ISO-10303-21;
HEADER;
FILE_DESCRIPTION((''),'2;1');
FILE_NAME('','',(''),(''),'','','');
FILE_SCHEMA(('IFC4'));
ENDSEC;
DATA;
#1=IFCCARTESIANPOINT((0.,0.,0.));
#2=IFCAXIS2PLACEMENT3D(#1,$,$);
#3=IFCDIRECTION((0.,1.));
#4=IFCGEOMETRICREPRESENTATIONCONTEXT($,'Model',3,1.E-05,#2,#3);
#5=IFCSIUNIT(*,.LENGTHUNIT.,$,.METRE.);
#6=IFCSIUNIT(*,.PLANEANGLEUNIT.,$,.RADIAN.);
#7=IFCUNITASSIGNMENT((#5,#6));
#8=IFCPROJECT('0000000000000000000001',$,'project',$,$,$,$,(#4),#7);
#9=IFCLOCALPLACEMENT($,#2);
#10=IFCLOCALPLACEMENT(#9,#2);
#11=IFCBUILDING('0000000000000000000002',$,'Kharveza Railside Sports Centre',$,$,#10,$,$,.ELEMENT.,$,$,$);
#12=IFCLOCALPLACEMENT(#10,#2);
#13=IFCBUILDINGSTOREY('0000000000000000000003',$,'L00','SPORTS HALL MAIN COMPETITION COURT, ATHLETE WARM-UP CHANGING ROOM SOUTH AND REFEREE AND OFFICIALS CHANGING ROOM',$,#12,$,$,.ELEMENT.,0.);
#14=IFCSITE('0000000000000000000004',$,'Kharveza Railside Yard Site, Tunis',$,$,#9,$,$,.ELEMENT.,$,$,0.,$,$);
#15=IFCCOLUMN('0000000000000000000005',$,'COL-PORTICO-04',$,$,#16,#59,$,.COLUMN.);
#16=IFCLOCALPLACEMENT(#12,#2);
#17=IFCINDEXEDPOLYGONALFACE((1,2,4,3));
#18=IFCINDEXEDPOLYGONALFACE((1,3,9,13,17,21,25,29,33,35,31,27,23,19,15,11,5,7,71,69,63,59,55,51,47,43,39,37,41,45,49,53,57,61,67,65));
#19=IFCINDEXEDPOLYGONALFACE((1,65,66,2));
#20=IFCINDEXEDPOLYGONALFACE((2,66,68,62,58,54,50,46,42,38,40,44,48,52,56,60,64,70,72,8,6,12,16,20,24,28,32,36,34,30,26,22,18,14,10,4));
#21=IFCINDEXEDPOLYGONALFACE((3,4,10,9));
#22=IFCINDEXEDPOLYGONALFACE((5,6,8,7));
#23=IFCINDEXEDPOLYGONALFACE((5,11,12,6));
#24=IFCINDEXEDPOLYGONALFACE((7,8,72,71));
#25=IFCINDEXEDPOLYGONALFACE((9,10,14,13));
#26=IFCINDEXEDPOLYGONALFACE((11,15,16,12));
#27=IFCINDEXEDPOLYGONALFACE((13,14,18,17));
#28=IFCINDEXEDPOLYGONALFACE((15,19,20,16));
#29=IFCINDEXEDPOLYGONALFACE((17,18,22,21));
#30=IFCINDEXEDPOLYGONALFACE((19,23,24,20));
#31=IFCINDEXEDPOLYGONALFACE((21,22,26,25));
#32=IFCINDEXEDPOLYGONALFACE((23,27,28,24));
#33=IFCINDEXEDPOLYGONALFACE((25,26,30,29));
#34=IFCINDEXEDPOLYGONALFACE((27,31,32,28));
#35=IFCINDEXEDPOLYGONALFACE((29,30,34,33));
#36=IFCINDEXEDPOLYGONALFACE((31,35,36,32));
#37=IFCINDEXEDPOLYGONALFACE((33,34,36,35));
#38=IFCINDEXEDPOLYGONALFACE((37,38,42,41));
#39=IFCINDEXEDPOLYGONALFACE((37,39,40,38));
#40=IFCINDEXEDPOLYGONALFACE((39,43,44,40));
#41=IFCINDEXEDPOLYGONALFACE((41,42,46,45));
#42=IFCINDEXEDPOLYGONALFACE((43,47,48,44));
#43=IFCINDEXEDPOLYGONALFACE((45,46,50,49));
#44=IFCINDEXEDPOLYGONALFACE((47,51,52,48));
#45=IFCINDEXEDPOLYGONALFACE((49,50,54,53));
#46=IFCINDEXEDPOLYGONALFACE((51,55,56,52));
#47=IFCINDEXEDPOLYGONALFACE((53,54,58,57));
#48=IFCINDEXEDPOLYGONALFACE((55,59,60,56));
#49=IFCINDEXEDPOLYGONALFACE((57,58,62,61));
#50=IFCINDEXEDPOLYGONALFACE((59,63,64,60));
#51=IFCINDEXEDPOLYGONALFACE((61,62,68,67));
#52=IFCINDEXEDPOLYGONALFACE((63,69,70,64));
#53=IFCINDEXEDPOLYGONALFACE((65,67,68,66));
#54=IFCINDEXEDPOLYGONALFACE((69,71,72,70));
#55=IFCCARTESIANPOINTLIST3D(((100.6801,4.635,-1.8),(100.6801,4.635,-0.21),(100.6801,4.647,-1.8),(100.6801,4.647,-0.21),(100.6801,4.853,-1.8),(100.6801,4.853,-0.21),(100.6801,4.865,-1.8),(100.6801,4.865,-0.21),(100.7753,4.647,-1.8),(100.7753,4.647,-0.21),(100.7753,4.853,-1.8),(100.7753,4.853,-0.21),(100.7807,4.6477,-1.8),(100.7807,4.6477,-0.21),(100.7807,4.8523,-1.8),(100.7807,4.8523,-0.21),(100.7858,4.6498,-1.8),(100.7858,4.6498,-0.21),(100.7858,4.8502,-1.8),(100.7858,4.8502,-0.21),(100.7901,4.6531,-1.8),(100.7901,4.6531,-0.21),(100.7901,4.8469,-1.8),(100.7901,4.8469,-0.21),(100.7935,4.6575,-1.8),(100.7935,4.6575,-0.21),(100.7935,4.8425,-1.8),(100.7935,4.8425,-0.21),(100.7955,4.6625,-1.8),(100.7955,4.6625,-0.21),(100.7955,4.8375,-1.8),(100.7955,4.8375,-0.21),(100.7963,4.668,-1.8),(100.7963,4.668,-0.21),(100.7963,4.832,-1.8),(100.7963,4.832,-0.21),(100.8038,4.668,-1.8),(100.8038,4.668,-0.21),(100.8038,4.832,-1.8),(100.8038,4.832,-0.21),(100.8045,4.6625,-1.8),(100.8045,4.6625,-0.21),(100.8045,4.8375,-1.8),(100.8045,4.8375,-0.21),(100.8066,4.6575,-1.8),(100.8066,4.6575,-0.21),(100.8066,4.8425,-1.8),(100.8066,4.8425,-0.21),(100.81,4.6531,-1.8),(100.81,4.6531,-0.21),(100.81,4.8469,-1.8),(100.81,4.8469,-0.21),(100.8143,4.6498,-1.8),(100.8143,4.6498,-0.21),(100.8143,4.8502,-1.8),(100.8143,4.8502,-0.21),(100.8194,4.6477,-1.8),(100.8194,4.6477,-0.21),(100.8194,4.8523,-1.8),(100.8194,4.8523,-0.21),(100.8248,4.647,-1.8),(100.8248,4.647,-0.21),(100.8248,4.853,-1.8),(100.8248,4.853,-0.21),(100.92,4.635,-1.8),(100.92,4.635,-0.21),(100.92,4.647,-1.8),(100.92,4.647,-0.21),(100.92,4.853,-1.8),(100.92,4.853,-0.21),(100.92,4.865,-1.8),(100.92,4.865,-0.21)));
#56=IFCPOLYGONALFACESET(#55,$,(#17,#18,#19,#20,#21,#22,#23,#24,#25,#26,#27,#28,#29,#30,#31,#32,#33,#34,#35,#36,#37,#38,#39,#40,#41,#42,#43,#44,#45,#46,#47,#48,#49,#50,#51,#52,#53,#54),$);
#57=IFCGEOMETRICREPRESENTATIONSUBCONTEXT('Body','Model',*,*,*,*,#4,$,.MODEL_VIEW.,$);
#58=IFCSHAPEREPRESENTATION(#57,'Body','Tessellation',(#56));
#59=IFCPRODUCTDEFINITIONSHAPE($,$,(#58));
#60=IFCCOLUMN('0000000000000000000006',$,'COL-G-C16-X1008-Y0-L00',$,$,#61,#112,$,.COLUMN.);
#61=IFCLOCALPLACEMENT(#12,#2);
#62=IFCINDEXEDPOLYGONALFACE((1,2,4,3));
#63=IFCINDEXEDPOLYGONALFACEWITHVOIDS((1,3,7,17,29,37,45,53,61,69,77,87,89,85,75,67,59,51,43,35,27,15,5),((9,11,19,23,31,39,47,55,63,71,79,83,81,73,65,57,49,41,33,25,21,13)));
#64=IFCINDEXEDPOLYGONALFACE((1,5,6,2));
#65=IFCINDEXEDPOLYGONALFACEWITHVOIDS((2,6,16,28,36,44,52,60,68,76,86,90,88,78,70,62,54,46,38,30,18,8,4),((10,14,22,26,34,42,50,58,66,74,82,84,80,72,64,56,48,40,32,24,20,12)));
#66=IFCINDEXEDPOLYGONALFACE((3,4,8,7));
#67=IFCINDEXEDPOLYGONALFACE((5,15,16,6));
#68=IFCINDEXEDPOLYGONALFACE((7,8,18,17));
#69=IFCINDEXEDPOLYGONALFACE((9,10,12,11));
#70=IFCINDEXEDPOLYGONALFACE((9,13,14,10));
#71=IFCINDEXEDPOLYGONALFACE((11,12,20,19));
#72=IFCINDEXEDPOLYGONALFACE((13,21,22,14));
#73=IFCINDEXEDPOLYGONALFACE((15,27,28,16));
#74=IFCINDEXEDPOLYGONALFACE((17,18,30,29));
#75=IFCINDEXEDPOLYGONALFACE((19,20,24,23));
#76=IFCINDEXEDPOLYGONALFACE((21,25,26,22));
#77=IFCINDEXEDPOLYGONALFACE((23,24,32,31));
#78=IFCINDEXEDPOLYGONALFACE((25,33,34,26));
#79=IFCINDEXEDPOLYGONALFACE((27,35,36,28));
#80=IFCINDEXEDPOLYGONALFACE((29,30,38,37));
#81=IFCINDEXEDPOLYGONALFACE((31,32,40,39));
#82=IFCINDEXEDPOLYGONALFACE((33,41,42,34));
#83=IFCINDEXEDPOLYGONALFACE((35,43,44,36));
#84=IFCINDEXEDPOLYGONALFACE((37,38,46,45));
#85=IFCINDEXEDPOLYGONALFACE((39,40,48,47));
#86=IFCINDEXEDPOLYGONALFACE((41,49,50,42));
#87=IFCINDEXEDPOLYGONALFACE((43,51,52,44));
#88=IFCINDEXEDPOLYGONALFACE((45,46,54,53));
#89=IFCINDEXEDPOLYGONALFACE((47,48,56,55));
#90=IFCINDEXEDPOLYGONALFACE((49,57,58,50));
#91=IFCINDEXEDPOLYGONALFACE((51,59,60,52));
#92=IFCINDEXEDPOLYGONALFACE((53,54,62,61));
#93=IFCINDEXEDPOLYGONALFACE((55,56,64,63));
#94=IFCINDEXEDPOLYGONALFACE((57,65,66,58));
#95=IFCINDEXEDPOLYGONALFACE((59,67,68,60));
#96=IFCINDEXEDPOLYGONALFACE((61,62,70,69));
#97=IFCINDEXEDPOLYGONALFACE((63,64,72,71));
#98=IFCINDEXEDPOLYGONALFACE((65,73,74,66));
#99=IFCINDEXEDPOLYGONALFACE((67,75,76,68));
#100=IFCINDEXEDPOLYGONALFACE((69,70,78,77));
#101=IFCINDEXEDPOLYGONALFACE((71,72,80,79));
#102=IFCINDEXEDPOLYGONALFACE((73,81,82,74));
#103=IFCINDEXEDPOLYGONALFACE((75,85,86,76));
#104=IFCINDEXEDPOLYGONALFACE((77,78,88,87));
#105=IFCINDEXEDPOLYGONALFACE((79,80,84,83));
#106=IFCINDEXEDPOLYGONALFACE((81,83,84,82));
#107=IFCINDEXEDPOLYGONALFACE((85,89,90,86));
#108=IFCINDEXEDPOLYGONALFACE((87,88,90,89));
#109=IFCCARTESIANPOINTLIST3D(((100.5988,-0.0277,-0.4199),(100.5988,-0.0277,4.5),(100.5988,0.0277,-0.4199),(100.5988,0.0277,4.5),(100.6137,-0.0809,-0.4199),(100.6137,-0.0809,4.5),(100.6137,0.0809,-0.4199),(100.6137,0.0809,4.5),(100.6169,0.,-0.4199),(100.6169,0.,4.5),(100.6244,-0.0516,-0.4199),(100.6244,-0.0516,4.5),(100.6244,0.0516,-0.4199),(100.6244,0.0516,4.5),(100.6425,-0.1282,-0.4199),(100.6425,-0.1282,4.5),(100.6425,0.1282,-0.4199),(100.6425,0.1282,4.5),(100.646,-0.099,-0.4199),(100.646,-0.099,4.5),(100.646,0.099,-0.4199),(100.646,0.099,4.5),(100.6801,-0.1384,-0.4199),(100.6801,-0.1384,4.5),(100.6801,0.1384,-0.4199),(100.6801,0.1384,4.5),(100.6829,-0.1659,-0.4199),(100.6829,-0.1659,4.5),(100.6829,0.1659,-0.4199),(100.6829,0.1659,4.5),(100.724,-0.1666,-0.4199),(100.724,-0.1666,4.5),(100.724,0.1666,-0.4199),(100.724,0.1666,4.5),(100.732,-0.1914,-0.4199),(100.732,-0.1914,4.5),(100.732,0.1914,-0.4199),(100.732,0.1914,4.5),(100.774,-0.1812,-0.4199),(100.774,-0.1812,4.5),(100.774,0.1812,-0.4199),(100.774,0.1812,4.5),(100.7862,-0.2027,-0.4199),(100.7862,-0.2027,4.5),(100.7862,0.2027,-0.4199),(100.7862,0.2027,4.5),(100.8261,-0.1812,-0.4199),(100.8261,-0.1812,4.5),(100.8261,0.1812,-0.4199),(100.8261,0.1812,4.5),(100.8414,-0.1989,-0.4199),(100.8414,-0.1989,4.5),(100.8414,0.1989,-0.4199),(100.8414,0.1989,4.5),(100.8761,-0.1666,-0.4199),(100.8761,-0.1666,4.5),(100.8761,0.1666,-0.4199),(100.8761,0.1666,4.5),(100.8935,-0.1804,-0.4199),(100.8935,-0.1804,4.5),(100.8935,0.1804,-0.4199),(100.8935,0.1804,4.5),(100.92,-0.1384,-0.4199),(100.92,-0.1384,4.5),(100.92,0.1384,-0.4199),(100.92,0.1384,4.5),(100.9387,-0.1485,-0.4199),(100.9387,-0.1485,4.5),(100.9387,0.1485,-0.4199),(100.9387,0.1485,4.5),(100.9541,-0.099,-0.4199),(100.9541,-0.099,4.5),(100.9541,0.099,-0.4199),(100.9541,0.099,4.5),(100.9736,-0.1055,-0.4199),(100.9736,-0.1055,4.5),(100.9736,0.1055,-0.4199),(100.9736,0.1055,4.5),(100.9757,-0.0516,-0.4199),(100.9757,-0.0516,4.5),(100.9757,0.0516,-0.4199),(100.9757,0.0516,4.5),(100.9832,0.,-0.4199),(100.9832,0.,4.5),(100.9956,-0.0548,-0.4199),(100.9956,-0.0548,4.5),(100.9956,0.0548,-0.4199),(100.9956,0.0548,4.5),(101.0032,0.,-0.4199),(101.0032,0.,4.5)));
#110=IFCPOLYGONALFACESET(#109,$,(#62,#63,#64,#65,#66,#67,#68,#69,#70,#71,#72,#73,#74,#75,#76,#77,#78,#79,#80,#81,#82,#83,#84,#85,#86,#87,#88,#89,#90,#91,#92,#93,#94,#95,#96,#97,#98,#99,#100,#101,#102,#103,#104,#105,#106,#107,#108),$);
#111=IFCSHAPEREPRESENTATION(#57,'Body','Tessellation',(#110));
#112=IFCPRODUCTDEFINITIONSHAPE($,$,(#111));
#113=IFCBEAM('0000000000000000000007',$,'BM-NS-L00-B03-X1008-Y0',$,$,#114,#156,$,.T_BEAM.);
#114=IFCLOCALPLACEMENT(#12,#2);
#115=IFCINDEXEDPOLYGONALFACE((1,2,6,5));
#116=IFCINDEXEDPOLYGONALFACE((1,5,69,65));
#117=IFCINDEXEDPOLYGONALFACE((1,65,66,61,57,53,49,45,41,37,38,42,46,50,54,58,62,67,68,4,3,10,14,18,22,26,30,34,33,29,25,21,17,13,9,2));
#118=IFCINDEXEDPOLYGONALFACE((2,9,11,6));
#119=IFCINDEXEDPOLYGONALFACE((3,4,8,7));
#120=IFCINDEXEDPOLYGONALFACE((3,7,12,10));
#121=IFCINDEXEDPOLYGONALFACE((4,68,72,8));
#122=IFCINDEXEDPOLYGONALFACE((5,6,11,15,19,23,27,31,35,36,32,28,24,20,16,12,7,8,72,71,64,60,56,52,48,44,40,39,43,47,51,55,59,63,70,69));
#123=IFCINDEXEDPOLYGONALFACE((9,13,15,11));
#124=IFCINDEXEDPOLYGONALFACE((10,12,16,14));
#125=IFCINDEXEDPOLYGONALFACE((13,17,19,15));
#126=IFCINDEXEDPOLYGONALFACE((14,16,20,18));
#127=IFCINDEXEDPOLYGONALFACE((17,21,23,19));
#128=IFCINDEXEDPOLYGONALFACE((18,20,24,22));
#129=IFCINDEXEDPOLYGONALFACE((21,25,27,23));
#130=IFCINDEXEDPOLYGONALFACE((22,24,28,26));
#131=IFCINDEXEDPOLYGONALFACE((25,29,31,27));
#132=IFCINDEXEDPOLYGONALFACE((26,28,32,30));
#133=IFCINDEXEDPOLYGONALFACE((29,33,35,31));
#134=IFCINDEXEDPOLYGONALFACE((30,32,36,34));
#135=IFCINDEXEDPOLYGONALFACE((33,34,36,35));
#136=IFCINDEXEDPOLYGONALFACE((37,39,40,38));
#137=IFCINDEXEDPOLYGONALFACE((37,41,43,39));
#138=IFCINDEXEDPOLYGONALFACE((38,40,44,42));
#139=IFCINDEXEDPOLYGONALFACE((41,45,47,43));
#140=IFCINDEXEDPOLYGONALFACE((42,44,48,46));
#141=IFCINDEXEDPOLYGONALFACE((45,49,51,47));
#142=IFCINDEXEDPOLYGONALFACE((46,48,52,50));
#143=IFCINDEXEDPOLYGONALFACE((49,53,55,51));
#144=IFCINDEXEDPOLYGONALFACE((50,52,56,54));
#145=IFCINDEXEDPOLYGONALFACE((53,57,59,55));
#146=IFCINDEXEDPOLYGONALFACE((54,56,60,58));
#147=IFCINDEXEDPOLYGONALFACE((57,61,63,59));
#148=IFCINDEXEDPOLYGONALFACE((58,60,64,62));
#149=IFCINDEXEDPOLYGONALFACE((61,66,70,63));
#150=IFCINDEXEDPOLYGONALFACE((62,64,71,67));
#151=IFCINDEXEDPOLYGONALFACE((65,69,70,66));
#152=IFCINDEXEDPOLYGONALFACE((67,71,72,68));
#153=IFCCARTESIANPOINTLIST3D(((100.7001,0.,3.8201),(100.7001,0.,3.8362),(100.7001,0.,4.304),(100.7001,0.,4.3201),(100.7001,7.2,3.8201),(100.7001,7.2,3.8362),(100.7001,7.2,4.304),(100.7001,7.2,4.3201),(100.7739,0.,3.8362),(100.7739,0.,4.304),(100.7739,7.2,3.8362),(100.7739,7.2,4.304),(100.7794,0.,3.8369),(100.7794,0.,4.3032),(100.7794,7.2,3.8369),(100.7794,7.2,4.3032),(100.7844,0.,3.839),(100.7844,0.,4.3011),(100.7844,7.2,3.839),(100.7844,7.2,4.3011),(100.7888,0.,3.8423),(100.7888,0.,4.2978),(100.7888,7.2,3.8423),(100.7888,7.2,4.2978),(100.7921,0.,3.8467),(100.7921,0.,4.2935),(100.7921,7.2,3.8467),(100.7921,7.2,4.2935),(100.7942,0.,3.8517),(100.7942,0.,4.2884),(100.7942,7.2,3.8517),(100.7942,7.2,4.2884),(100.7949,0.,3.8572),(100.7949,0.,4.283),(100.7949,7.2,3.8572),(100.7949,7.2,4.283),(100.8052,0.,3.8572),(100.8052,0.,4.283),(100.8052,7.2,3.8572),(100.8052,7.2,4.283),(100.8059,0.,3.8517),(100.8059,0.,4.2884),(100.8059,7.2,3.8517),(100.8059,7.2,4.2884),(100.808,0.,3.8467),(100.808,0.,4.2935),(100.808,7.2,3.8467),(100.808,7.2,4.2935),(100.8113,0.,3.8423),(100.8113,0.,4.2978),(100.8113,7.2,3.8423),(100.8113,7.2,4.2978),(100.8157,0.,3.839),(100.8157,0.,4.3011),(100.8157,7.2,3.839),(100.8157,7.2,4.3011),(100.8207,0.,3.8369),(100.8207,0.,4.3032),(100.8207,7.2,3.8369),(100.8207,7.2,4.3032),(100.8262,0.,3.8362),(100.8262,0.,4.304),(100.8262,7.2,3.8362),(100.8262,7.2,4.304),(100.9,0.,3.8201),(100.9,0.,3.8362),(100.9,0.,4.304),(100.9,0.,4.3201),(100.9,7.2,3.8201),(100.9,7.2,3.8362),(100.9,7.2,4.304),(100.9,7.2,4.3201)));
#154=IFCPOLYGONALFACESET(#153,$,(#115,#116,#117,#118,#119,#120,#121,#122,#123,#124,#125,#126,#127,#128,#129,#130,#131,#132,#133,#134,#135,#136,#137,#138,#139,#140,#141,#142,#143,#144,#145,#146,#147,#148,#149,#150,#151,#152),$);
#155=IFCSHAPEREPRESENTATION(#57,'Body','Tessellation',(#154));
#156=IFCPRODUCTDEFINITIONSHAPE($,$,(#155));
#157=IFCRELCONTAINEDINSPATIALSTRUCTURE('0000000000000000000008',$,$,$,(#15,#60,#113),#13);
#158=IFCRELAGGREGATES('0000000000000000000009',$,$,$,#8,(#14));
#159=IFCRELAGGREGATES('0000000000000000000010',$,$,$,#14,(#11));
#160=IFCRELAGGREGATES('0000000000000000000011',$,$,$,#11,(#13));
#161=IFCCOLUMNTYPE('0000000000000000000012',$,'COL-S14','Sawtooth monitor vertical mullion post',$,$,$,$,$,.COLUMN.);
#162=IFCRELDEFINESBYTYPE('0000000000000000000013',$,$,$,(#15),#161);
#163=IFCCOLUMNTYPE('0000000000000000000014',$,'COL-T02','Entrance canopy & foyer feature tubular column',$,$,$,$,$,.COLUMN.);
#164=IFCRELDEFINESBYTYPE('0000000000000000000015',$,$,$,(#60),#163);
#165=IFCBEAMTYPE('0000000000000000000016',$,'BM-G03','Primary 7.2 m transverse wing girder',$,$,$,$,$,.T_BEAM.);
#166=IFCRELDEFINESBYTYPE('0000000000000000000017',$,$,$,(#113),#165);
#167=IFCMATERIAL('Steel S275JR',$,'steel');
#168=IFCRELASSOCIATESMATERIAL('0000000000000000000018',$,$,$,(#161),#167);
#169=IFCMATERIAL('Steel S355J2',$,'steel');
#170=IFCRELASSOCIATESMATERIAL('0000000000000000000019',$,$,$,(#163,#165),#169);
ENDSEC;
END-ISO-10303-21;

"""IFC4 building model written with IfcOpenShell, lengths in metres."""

from ifc_helpers import new_model, si_unit, direction, frame, origin, origin_2d, place, context, subcontext, project, spatial, hollow_circle, i_section, extrude, material, material_profile, profile_set, type_object, element, save


model = new_model("IFC4")

# Units and contexts
model_context = context("Model", 3, precision=1e-05, world=origin(), true_north=direction((0.0, 1.0)))
body_context = subcontext(model_context, "Body", "Model", "MODEL_VIEW")
ifc_project = project(units=[si_unit("LENGTHUNIT", "METRE"), si_unit("PLANEANGLEUNIT", "RADIAN")], contexts=[model_context])

# Site, building, storey
site_placement = place(None, origin())
site = spatial("IfcSite", under=ifc_project, at=site_placement, Name="Kharveza Railside Yard Site, Tunis", CompositionType="ELEMENT", RefElevation=0.0)
building_placement = place(site_placement, origin())
building = spatial("IfcBuilding", under=site, at=building_placement, Name="Kharveza Railside Sports Centre", CompositionType="ELEMENT")
storey_placement = place(building_placement, origin())
storey = spatial("IfcBuildingStorey", under=building, at=storey_placement, Name="L00", Description="SPORTS HALL MAIN COMPETITION COURT, ATHLETE WARM-UP CHANGING ROOM SOUTH AND REFEREE AND OFFICIALS CHANGING ROOM", CompositionType="ELEMENT", Elevation=0.0)

# Columns
ifc_material_1 = material(Name="Steel S355J2", Category="steel")
ifc_material_2 = material(Name="Steel S275JR", Category="steel")
ifc_material_profile_1 = material_profile(ifc_material_2, i_section(OverallWidth=0.24, OverallDepth=0.23, WebThickness=0.0076, FlangeThickness=0.012, FilletRadius=0.021, at=origin_2d()), Name="HEA 240")
ifc_profile_set_1 = profile_set([ifc_material_profile_1], Name="Steel S275JR")
column_type_1 = type_object("IfcColumnType", Name="COL-S14", Description="Sawtooth monitor vertical mullion post", PredefinedType="COLUMN", material=ifc_profile_set_1)
column_1_placement = place(storey_placement, frame((100.8, 4.75, -1.8), z_axis=(0.0, 0.0, 1.0), x_axis=(1.0, 0.0, 0.0)))
element("IfcColumn", 1, at=column_1_placement, inside=storey, type_object=column_type_1, Name="COL-PORTICO-04", PredefinedType="COLUMN", context=body_context, shape_type="SweptSolid", body=[
    extrude(i_section(OverallWidth=0.24, OverallDepth=0.23, WebThickness=0.0076, FlangeThickness=0.012, FilletRadius=0.021, at=origin_2d()), origin(), (0.0, 0.0, 1.0), 1.5901),
])
ifc_material_profile_2 = material_profile(ifc_material_1, hollow_circle(Radius=0.2031, WallThickness=0.02, at=origin_2d()), Name="CHS 406.4x20.0")
ifc_profile_set_2 = profile_set([ifc_material_profile_2], Name="Steel S355J2")
column_type_2 = type_object("IfcColumnType", Name="COL-T02", Description="Entrance canopy & foyer feature tubular column", PredefinedType="COLUMN", material=ifc_profile_set_2)
column_2_placement = place(storey_placement, frame((100.8, 0.0, -0.4199), z_axis=(0.0, 0.0, 1.0), x_axis=(1.0, 0.0, 0.0)))
element("IfcColumn", 2, at=column_2_placement, inside=storey, type_object=column_type_2, Name="COL-G-C16-X1008-Y0-L00", PredefinedType="COLUMN", context=body_context, shape_type="SweptSolid", body=[
    extrude(hollow_circle(Radius=0.2031, WallThickness=0.02, at=origin_2d()), origin(), (0.0, 0.0, 1.0), 4.9199),
])

# Beam
ifc_material_profile_3 = material_profile(ifc_material_1, i_section(OverallWidth=0.2, OverallDepth=0.5, WebThickness=0.0103, FlangeThickness=0.0161, FilletRadius=0.021, at=origin_2d()), Name="IPE 500")
ifc_profile_set_3 = profile_set([ifc_material_profile_3], Name="Steel S355J2")
beam_type_1 = type_object("IfcBeamType", Name="BM-G03", Description="Primary 7.2 m transverse wing girder", PredefinedType="T_BEAM", material=ifc_profile_set_3)
for number, where, z_axis, x_axis, name in (
    (3, (100.8, 0.0, 4.0701), (0.0, 1.0, 0.0), (-1.0, 0.0, 0.0), "BM-NS-L00-B03-X1008-Y0"),
):
    element("IfcBeam", number, at=place(storey_placement, frame(where, z_axis=z_axis, x_axis=x_axis)), inside=storey, type_object=beam_type_1, Name=name, PredefinedType="T_BEAM", context=body_context, shape_type="SweptSolid", body=[
        extrude(i_section(OverallWidth=0.2, OverallDepth=0.5, WebThickness=0.0103, FlangeThickness=0.0161, FilletRadius=0.021, at=origin_2d()), origin(), (0.0, 0.0, 1.0), 7.2),
    ])

save(model, "model.ifc")
